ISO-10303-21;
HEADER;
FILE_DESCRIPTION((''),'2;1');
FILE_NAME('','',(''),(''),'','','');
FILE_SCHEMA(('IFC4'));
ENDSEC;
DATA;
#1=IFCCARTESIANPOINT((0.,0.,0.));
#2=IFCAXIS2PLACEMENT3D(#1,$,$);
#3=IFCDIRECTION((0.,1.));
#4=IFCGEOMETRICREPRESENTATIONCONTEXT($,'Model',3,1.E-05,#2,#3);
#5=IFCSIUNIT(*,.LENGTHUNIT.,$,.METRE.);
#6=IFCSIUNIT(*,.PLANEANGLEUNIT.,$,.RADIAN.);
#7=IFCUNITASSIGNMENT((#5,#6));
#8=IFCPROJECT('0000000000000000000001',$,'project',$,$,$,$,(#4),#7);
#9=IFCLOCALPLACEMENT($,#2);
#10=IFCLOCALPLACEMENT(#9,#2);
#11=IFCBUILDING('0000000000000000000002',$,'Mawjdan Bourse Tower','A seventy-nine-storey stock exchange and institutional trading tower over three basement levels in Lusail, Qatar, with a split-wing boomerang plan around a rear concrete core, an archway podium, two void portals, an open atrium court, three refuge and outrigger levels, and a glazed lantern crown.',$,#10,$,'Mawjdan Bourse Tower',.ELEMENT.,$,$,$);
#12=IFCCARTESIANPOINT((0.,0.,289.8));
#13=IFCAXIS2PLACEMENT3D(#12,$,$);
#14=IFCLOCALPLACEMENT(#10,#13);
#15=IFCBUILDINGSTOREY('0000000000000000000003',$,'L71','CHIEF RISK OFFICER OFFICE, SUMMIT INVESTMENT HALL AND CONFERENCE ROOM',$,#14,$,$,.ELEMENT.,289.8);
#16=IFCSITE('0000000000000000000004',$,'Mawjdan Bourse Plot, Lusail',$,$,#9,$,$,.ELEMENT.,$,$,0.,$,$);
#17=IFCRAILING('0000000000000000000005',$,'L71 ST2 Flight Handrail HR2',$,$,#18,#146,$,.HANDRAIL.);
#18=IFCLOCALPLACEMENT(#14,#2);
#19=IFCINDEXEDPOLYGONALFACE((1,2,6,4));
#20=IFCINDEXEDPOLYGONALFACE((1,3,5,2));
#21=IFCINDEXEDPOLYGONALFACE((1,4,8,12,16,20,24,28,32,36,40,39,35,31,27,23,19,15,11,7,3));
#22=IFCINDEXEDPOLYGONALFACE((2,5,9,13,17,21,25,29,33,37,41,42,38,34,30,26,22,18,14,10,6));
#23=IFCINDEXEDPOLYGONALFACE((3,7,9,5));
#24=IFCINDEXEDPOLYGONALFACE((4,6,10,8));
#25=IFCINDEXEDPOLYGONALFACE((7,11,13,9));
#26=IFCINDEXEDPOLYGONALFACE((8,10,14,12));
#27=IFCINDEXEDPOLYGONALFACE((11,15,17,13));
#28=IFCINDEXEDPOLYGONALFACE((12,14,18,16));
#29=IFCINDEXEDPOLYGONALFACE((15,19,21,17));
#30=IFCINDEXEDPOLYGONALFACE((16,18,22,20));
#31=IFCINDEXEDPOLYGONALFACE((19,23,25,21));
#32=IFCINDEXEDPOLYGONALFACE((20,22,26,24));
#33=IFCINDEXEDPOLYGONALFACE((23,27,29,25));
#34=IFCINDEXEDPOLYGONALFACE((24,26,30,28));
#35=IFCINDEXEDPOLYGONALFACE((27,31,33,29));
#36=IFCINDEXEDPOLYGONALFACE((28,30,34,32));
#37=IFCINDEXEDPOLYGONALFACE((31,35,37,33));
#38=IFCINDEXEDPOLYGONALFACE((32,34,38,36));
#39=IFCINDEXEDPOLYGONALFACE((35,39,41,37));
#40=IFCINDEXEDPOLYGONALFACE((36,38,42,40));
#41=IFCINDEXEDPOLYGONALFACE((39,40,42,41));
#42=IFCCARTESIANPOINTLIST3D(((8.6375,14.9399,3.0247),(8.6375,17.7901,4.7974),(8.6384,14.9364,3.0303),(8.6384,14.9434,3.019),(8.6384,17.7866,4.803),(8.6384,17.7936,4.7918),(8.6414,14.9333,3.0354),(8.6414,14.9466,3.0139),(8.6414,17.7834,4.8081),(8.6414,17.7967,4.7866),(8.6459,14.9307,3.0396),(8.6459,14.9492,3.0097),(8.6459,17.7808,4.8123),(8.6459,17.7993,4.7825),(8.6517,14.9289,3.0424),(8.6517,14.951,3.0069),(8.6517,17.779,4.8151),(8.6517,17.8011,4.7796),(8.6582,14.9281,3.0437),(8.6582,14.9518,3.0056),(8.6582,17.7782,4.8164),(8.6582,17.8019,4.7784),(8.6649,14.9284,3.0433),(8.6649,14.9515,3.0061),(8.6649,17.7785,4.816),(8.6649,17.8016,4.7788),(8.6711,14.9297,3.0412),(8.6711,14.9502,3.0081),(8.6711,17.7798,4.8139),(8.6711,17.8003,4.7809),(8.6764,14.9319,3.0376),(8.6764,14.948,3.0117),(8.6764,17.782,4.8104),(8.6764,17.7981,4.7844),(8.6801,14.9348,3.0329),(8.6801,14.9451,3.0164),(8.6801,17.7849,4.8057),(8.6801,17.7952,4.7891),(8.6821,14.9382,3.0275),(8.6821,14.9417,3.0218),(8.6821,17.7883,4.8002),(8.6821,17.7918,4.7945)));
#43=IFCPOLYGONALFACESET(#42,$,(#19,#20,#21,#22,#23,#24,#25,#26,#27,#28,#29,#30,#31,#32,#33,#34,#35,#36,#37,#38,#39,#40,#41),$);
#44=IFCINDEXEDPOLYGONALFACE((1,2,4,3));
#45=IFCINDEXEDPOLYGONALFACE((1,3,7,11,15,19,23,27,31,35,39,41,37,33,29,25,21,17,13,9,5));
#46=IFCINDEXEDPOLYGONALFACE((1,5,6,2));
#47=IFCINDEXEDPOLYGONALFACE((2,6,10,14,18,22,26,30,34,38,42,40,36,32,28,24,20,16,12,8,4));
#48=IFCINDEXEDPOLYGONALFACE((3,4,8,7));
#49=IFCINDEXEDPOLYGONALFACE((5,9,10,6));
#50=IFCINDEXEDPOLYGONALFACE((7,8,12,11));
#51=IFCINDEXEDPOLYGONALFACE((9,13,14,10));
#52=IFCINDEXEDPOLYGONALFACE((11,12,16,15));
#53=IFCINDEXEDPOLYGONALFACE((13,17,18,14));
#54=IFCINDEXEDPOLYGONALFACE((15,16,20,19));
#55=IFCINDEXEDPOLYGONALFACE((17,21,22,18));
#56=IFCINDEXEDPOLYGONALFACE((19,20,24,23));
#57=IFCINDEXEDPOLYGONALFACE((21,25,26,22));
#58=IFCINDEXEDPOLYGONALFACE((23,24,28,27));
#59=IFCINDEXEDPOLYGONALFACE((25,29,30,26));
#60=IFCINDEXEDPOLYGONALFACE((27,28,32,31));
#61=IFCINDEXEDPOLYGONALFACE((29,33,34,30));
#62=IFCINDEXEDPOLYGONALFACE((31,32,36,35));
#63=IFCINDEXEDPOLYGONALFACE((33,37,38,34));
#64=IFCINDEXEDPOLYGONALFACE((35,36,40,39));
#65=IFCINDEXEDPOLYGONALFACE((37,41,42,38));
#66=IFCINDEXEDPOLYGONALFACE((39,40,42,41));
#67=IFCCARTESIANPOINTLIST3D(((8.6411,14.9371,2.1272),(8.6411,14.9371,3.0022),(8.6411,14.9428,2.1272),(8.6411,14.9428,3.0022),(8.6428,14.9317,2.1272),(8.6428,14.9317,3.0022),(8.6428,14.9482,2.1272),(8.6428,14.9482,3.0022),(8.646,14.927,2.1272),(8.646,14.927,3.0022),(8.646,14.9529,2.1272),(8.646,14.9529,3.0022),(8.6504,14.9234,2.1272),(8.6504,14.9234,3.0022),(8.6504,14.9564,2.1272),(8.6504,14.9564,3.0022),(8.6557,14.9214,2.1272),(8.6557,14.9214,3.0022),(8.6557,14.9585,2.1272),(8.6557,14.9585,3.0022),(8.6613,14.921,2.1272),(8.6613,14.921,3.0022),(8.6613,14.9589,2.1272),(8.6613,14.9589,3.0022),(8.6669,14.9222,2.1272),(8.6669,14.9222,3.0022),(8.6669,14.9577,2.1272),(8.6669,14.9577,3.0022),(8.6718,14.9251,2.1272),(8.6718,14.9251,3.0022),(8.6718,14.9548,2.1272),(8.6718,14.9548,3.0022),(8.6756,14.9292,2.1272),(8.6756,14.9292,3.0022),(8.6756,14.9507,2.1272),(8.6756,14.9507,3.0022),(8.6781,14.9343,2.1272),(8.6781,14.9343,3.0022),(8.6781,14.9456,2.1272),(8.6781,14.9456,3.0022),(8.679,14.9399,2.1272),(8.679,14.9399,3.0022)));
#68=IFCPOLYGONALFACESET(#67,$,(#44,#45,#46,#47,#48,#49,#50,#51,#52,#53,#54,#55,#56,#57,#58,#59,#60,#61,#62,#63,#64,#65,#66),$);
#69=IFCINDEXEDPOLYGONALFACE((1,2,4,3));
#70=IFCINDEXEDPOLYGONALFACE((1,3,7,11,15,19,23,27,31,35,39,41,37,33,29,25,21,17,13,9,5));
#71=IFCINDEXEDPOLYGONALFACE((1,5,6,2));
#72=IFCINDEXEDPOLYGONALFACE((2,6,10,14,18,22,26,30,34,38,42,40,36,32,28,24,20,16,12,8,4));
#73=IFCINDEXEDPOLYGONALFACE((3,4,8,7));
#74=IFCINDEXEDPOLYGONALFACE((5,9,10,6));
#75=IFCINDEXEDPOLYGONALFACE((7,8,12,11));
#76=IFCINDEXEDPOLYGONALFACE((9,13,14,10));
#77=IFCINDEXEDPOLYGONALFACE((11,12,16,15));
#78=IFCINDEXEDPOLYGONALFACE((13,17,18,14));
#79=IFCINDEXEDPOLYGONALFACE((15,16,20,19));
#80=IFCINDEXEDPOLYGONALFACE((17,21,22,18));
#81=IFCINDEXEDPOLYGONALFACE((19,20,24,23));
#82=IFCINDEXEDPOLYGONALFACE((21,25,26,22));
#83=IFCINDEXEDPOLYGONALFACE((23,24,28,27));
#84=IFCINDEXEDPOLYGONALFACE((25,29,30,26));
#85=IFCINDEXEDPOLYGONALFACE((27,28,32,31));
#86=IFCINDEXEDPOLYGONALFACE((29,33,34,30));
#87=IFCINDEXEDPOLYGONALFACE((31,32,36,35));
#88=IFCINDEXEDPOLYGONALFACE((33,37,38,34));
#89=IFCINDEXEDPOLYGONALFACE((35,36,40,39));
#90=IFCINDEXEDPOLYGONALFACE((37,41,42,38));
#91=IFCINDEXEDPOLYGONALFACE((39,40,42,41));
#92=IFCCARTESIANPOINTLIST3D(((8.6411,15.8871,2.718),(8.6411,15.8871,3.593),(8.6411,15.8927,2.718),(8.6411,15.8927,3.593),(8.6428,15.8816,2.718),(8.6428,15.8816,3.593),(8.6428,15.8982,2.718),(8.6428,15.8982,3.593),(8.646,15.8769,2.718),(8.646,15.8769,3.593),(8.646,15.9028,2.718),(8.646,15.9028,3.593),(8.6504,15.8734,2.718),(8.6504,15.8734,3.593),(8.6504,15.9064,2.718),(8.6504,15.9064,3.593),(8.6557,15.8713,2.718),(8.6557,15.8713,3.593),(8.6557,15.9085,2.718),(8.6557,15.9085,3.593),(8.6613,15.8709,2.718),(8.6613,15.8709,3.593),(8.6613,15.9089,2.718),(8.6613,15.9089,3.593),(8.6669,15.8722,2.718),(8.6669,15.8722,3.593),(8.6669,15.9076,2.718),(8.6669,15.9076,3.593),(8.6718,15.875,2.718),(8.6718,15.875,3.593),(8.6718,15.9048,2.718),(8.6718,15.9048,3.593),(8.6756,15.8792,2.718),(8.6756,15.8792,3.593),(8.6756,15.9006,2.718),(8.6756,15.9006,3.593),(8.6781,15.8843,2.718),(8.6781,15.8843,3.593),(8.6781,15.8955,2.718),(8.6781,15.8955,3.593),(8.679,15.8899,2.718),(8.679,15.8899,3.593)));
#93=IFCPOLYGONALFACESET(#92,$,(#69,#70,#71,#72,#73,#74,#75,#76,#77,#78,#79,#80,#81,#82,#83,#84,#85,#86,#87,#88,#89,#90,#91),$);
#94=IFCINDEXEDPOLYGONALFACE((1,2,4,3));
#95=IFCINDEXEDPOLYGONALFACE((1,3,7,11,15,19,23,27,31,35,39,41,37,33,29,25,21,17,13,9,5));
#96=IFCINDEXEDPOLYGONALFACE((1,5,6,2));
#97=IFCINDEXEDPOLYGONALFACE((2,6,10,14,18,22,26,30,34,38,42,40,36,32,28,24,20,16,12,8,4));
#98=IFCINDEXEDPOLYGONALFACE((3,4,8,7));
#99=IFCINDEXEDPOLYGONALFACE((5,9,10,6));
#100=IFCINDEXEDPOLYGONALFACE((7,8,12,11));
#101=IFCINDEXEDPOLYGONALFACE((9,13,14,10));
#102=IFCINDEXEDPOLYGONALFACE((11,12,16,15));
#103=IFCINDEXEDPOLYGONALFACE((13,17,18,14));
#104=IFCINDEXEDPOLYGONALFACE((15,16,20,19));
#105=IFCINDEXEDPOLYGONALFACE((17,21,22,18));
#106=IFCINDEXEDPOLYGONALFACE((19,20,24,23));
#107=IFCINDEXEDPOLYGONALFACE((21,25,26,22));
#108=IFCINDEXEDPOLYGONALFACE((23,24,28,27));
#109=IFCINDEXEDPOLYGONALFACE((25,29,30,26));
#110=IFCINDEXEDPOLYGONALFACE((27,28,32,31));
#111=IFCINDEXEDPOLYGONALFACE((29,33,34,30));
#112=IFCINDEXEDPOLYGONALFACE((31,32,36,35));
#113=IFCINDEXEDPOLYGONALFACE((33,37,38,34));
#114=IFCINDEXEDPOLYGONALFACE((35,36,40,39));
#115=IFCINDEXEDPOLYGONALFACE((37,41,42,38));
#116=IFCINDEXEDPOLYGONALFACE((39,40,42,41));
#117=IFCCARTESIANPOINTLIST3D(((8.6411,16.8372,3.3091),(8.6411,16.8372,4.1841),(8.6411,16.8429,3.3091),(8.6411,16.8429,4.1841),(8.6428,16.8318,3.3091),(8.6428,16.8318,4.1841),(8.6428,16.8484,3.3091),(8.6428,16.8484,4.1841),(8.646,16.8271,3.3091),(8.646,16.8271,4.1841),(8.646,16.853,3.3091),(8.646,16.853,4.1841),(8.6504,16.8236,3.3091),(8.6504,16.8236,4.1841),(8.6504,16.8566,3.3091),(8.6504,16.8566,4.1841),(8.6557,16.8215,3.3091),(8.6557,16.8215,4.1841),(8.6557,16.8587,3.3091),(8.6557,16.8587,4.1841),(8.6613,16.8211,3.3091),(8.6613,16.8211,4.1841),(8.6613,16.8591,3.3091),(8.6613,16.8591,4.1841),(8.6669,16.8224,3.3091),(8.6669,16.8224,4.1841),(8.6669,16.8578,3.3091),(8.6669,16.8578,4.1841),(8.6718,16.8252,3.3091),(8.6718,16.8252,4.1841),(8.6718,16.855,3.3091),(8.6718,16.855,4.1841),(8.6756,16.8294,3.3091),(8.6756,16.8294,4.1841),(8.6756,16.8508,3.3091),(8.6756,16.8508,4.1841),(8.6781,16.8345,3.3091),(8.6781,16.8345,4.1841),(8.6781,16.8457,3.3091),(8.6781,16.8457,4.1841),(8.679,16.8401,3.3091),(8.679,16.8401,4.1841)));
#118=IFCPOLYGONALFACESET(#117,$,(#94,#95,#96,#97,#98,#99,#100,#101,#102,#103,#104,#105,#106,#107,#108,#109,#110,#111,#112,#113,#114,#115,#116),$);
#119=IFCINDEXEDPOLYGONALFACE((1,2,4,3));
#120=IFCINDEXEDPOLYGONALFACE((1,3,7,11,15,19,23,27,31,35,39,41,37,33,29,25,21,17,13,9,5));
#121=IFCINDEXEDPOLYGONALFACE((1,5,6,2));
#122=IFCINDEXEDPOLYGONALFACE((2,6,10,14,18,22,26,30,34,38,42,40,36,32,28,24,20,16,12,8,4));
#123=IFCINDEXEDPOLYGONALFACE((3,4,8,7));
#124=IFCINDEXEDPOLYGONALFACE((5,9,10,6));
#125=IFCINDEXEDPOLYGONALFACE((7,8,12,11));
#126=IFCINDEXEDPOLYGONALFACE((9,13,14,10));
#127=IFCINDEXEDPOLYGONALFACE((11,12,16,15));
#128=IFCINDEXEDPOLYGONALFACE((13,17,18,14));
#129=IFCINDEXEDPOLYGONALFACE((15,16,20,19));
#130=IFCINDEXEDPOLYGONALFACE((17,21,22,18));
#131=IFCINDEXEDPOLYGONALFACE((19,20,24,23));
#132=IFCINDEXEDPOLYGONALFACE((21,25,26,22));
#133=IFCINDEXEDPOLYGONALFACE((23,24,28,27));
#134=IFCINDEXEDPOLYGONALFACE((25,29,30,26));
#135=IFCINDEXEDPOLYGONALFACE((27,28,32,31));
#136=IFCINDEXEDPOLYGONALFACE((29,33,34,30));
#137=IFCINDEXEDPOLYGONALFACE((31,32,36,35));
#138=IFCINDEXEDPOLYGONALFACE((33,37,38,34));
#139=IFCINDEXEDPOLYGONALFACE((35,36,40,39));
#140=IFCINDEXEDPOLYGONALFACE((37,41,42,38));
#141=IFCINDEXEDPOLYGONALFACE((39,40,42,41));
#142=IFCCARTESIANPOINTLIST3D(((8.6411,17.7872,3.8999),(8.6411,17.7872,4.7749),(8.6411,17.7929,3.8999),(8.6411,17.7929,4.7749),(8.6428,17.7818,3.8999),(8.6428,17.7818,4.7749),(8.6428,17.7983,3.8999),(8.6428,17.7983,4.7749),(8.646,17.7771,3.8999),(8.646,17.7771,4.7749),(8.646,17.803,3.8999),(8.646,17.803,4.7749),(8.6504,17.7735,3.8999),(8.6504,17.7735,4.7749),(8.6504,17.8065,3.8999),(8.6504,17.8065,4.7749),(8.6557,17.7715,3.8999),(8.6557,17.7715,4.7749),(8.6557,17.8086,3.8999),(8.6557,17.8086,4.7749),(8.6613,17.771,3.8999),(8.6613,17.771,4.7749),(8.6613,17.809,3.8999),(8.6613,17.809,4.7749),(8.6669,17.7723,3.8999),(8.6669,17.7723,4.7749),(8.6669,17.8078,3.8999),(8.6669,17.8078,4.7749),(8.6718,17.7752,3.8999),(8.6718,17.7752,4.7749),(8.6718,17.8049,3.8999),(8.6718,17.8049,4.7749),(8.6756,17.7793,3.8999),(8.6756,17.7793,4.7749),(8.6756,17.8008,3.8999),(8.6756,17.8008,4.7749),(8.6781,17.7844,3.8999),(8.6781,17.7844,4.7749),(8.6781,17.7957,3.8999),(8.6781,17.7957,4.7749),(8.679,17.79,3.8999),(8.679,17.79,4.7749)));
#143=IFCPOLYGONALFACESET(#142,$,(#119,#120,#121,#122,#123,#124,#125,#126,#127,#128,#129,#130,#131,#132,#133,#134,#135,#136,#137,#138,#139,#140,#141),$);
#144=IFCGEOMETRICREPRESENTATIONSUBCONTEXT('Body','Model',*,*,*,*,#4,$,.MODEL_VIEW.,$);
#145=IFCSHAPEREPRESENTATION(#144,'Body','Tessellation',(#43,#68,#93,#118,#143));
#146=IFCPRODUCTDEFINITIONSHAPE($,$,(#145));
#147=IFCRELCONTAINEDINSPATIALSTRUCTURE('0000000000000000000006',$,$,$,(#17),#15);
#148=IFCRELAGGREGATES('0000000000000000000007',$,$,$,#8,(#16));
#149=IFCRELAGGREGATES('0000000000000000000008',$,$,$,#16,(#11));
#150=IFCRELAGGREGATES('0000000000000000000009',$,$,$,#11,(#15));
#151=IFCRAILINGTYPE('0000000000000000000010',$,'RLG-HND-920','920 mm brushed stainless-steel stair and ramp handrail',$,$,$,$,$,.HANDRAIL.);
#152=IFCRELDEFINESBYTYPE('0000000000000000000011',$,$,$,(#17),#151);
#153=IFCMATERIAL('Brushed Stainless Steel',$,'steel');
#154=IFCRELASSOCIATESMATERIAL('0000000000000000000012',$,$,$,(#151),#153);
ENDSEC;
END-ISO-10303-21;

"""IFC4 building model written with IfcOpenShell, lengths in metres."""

from ifc_helpers import new_model, si_unit, direction, frame, origin, origin_2d, place, context, subcontext, project, spatial, circle, extrude, material, type_object, element, save


model = new_model("IFC4")

# Units and contexts
model_context = context("Model", 3, precision=1e-05, world=origin(), true_north=direction((0.0, 1.0)))
body_context = subcontext(model_context, "Body", "Model", "MODEL_VIEW")
ifc_project = project(units=[si_unit("LENGTHUNIT", "METRE"), si_unit("PLANEANGLEUNIT", "RADIAN")], contexts=[model_context])

# Site, building, storey
site_placement = place(None, origin())
site = spatial("IfcSite", under=ifc_project, at=site_placement, Name="Mawjdan Bourse Plot, Lusail", CompositionType="ELEMENT", RefElevation=0.0)
building_placement = place(site_placement, origin())
building = spatial("IfcBuilding", under=site, at=building_placement, Name="Mawjdan Bourse Tower", Description="A seventy-nine-storey stock exchange and institutional trading tower over three basement levels in Lusail, Qatar, with a split-wing boomerang plan around a rear concrete core, an archway podium, two void portals, an open atrium court, three refuge and outrigger levels, and a glazed lantern crown.", LongName="Mawjdan Bourse Tower", CompositionType="ELEMENT")
storey_placement = place(building_placement, frame((0.0, 0.0, 289.8)))
storey = spatial("IfcBuildingStorey", under=building, at=storey_placement, Name="L71", Description="CHIEF RISK OFFICER OFFICE, SUMMIT INVESTMENT HALL AND CONFERENCE ROOM", CompositionType="ELEMENT", Elevation=289.8)

# Railing
ifc_material_1 = material(Name="Brushed Stainless Steel", Category="steel")
railing_type_1 = type_object("IfcRailingType", Name="RLG-HND-920", Description="920 mm brushed stainless-steel stair and ramp handrail", PredefinedType="HANDRAIL", material=ifc_material_1)
railing_1_placement = place(storey_placement, frame((8.6599, 14.9399, 2.1272)))
element("IfcRailing", 1, at=railing_1_placement, inside=storey, type_object=railing_type_1, Name="L71 ST2 Flight Handrail HR2", PredefinedType="HANDRAIL", context=body_context, shape_type="SweptSolid", body=[
    extrude(circle(Radius=0.0225, at=origin_2d()), frame((0.0, 0.0, 0.8975), z_axis=(0.0, 0.849149, 0.528154), x_axis=(-1.0, 0.0, 0.0)), (0.0, 0.0, 1.0), 3.3564),
    extrude(circle(Radius=0.019, at=origin_2d()), origin(), (0.0, 0.0, 1.0), 0.875),
    extrude(circle(Radius=0.019, at=origin_2d()), frame((0.0, 0.95, 0.5908)), (0.0, 0.0, 1.0), 0.875),
    extrude(circle(Radius=0.019, at=origin_2d()), frame((0.0, 1.9001, 1.1819)), (0.0, 0.0, 1.0), 0.875),
    extrude(circle(Radius=0.019, at=origin_2d()), frame((0.0, 2.8501, 1.7727)), (0.0, 0.0, 1.0), 0.875),
])

save(model, "model.ifc")
